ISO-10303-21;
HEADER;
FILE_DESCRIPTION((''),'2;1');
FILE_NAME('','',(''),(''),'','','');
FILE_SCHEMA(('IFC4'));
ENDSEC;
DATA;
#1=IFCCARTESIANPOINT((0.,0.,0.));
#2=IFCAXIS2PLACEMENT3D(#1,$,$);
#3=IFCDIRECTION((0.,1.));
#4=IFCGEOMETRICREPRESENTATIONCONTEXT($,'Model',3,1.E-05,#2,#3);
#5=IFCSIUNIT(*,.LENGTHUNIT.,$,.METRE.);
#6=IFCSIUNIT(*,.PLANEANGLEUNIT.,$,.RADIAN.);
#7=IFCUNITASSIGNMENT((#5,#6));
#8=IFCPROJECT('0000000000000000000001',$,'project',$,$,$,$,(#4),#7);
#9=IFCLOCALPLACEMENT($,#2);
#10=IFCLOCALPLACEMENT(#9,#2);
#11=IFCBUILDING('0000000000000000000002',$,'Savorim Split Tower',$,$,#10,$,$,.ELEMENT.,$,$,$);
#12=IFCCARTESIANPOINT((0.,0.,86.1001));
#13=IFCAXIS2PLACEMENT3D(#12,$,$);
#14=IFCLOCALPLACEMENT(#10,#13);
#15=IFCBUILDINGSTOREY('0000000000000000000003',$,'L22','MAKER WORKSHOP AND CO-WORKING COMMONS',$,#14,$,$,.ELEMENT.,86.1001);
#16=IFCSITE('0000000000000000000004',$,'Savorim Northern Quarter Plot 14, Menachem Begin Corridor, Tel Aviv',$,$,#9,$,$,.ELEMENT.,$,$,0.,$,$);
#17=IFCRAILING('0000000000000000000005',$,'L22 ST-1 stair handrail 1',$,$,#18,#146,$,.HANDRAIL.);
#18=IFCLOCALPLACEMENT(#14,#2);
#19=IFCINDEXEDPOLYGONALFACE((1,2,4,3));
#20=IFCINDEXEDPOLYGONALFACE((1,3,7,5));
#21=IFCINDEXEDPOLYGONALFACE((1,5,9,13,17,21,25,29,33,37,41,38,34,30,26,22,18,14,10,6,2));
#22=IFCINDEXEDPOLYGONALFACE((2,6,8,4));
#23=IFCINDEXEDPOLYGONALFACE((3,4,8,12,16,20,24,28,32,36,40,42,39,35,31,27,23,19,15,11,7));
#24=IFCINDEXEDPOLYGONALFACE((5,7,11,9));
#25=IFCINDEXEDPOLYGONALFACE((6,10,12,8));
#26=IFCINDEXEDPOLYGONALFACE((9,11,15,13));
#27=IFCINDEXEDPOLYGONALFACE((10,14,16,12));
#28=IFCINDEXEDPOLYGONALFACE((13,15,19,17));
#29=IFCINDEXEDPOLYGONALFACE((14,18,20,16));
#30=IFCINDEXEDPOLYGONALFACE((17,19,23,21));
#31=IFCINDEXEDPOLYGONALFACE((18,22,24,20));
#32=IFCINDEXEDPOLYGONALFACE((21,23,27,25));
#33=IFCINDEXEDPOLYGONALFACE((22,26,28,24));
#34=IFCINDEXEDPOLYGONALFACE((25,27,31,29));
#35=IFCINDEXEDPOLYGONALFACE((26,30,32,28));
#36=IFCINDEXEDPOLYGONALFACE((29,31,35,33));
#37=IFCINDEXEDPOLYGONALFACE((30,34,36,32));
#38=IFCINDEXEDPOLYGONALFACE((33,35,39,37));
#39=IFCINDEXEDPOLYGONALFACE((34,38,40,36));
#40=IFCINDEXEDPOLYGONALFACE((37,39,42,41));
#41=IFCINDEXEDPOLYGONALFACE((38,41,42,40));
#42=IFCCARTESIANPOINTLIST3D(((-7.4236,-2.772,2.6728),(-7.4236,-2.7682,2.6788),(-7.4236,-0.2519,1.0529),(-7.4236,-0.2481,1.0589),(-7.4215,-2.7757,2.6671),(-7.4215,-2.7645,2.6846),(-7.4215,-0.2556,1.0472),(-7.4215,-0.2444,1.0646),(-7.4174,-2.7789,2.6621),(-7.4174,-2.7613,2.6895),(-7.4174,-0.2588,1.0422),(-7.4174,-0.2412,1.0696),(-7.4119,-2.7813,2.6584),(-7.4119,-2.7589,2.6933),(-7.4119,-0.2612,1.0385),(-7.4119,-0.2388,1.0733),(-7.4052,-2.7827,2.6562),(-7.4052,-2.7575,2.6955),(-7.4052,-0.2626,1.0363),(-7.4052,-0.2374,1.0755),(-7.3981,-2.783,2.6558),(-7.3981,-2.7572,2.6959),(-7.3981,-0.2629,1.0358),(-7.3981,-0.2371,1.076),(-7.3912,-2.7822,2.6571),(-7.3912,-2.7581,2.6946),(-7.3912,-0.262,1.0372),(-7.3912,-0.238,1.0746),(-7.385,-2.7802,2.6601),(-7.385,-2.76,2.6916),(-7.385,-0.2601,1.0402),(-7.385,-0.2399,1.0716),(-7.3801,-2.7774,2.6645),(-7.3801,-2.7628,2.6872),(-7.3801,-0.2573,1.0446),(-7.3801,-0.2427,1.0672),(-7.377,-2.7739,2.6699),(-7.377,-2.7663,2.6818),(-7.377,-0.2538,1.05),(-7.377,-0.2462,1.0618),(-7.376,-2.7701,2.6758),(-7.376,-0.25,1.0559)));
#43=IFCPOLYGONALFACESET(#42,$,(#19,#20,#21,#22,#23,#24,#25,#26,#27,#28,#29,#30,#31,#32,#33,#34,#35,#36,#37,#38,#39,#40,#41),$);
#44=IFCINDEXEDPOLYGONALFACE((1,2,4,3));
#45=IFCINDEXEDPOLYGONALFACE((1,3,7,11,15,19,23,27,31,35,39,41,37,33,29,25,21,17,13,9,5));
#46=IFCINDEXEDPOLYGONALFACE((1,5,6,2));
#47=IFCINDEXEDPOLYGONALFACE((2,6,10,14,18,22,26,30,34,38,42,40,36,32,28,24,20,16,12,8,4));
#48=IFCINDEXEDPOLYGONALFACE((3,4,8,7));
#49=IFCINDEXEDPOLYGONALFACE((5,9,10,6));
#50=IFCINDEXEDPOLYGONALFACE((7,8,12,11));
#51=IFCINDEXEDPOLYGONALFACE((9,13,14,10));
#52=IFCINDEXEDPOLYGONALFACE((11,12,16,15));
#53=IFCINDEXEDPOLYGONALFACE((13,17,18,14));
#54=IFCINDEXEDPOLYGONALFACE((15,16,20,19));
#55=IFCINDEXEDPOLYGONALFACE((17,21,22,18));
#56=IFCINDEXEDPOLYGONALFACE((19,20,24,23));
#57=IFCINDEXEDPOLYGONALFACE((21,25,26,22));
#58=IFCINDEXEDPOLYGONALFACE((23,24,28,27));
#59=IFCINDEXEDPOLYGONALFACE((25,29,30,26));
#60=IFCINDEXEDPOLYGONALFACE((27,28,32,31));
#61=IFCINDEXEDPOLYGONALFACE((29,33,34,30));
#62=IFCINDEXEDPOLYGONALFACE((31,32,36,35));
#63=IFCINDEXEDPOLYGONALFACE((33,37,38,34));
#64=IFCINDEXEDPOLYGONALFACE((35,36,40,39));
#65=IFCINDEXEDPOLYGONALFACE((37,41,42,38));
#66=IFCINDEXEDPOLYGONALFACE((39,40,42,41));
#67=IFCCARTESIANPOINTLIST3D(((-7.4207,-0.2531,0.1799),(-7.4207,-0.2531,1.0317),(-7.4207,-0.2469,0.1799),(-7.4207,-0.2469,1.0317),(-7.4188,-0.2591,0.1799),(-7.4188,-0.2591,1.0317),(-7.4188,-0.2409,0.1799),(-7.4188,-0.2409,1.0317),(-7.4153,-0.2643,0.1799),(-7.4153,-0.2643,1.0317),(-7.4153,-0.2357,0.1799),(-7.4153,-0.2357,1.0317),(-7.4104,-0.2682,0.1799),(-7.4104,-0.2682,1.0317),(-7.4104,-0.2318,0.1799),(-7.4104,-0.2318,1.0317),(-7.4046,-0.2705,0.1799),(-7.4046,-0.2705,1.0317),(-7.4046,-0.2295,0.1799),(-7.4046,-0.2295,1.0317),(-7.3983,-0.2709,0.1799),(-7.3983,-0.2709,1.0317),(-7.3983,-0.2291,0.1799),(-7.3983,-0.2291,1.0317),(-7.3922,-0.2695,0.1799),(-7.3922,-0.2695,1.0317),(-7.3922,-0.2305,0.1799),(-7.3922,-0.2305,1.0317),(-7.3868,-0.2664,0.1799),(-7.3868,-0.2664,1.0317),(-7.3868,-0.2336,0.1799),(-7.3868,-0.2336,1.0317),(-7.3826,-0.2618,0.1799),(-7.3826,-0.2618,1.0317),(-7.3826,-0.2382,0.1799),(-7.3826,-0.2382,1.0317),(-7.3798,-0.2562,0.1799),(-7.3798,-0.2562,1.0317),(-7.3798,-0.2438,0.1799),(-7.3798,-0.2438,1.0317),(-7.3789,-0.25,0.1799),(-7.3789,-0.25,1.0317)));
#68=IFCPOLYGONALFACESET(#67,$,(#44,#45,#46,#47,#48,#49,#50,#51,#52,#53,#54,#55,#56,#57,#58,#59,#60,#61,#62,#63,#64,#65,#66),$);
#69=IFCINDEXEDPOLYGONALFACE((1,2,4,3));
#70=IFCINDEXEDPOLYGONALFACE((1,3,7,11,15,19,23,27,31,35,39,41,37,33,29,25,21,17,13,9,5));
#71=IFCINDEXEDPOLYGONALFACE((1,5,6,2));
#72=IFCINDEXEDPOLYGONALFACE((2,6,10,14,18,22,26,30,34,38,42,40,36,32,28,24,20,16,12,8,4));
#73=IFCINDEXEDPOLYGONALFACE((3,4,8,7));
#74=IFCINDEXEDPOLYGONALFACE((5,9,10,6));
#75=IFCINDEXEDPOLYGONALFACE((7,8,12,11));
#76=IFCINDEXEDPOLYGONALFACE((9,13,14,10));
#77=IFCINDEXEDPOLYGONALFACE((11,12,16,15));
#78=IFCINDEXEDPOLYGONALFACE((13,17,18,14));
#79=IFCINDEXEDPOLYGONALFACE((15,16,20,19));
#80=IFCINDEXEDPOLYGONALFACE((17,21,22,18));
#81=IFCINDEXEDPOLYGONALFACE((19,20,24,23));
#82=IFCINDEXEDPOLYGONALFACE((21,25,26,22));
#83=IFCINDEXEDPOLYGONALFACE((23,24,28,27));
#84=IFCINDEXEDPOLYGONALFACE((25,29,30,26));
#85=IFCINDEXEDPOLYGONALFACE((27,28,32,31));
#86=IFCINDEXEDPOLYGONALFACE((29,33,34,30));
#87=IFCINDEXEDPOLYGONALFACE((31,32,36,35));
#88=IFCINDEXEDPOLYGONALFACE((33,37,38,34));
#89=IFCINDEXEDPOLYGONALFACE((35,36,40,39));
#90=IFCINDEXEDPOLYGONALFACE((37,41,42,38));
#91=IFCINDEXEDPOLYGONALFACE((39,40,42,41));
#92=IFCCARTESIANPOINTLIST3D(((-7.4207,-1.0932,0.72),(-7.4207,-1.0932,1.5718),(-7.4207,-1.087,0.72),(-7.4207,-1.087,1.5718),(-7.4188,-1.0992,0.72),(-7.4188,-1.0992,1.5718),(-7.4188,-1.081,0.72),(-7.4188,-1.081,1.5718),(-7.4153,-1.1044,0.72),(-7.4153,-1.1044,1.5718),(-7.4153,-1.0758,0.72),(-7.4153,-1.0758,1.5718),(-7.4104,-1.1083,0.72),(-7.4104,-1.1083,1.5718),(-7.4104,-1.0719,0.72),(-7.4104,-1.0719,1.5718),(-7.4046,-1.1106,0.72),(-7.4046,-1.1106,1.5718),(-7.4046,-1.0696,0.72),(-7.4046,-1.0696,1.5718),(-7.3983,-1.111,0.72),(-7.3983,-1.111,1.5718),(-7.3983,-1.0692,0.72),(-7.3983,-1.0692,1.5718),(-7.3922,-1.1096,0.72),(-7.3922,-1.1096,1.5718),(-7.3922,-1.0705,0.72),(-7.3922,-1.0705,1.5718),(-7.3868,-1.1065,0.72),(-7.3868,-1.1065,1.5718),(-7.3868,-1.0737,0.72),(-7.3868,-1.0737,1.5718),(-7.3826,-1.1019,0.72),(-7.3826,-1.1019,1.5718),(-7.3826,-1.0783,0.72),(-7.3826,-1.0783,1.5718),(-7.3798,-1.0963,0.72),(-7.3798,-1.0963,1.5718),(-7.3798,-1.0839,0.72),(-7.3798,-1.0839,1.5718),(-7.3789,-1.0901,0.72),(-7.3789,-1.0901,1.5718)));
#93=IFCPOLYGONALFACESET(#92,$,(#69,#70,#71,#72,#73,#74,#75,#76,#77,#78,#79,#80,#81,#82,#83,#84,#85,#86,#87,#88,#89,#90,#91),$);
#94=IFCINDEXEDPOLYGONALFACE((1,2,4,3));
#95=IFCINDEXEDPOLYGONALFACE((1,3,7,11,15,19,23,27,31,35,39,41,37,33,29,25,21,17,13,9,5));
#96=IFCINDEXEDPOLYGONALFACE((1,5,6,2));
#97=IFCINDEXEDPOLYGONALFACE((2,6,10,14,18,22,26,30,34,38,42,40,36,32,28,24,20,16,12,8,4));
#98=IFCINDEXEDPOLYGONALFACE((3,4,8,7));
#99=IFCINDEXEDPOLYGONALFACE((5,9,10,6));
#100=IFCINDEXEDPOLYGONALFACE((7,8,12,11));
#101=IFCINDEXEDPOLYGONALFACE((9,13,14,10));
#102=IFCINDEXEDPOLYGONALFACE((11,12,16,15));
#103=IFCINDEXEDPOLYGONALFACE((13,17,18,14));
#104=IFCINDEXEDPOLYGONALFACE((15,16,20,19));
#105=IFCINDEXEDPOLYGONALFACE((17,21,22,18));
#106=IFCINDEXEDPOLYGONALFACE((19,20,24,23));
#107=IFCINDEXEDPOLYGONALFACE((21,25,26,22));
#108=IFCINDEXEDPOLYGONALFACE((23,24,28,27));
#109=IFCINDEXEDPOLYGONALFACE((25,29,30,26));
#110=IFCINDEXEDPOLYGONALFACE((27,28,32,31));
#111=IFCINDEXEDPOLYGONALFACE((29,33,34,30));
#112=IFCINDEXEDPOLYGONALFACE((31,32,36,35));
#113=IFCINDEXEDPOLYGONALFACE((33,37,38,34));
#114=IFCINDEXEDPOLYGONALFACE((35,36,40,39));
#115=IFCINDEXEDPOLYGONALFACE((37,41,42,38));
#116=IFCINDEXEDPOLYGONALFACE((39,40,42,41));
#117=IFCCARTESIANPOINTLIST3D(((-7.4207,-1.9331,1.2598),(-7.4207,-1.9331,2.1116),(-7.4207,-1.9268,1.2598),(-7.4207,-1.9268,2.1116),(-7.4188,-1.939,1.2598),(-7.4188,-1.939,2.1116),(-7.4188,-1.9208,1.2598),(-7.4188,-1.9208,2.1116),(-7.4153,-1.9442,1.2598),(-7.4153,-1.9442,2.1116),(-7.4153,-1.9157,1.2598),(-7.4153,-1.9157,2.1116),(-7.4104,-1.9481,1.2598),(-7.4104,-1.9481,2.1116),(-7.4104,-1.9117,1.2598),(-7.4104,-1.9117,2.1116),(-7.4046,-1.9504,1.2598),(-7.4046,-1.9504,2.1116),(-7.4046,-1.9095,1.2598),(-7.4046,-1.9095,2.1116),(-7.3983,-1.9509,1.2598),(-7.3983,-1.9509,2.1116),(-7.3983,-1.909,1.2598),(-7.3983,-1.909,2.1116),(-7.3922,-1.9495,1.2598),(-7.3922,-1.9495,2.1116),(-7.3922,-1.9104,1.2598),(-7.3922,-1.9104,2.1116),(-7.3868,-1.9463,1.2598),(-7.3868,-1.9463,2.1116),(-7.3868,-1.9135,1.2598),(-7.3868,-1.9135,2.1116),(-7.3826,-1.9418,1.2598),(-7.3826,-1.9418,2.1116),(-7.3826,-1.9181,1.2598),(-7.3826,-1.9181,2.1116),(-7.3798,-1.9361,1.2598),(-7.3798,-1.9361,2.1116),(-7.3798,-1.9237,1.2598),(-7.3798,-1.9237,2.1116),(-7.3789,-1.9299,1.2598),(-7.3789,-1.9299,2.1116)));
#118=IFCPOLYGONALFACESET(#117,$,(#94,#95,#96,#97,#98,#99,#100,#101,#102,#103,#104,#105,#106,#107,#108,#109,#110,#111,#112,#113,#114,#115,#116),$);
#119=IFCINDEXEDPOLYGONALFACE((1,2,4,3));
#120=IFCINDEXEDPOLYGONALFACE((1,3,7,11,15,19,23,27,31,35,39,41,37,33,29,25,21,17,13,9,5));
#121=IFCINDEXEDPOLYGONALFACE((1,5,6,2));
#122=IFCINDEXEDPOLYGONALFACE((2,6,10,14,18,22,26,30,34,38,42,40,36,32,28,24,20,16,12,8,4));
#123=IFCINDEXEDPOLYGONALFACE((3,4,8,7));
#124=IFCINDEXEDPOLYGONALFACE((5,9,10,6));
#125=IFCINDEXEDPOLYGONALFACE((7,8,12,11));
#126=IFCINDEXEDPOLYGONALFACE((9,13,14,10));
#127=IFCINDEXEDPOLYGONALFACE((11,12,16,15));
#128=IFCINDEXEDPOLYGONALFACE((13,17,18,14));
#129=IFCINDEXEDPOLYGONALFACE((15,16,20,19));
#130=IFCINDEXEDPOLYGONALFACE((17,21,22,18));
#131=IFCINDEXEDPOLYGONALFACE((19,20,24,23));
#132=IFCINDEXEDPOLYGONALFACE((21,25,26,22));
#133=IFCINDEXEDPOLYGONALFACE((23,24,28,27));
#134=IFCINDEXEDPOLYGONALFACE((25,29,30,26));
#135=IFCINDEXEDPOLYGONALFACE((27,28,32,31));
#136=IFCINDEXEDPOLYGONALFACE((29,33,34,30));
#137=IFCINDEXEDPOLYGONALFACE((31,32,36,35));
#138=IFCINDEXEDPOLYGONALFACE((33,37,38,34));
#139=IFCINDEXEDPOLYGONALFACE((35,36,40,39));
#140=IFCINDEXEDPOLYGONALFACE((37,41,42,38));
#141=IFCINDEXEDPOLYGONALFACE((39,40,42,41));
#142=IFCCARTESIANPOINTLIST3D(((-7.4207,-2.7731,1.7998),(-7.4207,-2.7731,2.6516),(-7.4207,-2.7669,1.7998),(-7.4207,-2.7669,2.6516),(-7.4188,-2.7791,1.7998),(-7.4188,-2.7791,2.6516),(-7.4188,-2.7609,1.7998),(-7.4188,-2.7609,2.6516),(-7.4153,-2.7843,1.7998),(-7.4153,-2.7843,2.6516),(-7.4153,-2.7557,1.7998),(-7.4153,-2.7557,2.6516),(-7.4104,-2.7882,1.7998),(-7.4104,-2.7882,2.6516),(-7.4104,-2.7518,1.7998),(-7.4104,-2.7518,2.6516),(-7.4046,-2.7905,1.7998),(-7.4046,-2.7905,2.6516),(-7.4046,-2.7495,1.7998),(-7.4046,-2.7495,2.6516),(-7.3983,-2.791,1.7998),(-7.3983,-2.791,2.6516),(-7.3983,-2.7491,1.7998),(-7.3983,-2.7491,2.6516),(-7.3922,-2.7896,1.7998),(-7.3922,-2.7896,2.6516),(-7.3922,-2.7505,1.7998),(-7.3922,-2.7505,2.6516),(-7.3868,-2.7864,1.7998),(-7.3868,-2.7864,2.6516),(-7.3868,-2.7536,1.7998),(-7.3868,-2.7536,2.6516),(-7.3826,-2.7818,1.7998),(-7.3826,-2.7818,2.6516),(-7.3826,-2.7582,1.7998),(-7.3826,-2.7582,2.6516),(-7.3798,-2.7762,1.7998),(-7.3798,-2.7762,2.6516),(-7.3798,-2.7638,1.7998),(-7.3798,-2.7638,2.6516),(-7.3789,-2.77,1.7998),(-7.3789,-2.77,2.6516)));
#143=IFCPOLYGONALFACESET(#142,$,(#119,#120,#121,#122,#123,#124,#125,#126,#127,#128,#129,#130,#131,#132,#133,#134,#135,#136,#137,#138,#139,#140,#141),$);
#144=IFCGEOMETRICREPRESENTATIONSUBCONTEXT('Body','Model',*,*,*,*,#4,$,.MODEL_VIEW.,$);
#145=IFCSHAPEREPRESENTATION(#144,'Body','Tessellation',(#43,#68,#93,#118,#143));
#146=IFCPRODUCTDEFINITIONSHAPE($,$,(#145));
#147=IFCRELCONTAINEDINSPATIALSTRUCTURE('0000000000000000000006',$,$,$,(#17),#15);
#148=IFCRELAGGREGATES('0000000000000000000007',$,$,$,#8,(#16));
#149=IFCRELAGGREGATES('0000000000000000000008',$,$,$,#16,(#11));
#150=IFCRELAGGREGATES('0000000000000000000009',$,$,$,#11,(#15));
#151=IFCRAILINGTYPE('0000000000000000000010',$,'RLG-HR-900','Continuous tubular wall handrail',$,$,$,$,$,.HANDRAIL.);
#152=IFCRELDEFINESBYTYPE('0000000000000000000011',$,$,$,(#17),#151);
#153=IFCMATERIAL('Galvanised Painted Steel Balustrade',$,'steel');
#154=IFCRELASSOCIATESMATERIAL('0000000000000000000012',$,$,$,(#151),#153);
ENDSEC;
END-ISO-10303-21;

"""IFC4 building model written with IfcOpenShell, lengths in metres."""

from ifc_helpers import new_model, si_unit, direction, frame, origin, origin_2d, place, context, subcontext, project, spatial, circle, extrude, material, type_object, element, save


model = new_model("IFC4")

# Units and contexts
model_context = context("Model", 3, precision=1e-05, world=origin(), true_north=direction((0.0, 1.0)))
body_context = subcontext(model_context, "Body", "Model", "MODEL_VIEW")
ifc_project = project(units=[si_unit("LENGTHUNIT", "METRE"), si_unit("PLANEANGLEUNIT", "RADIAN")], contexts=[model_context])

# Site, building, storey
site_placement = place(None, origin())
site = spatial("IfcSite", under=ifc_project, at=site_placement, Name="Savorim Northern Quarter Plot 14, Menachem Begin Corridor, Tel Aviv", CompositionType="ELEMENT", RefElevation=0.0)
building_placement = place(site_placement, origin())
building = spatial("IfcBuilding", under=site, at=building_placement, Name="Savorim Split Tower", CompositionType="ELEMENT")
storey_placement = place(building_placement, frame((0.0, 0.0, 86.1001)))
storey = spatial("IfcBuildingStorey", under=building, at=storey_placement, Name="L22", Description="MAKER WORKSHOP AND CO-WORKING COMMONS", CompositionType="ELEMENT", Elevation=86.1001)

# Railing
ifc_material_1 = material(Name="Galvanised Painted Steel Balustrade", Category="steel")
railing_type_1 = type_object("IfcRailingType", Name="RLG-HR-900", Description="Continuous tubular wall handrail", PredefinedType="HANDRAIL", material=ifc_material_1)
railing_1_placement = place(storey_placement, frame((-7.3999, -0.25, 0.1799)))
element("IfcRailing", 1, at=railing_1_placement, inside=storey, type_object=railing_type_1, Name="L22 ST-1 stair handrail 1", PredefinedType="HANDRAIL", context=body_context, shape_type="SweptSolid", body=[
    extrude(circle(Radius=0.0239, at=origin_2d()), frame((0.0, 0.0, 0.876), z_axis=(0.0, -0.8412, 0.540725), x_axis=(1.0, 0.0, 0.0)), (0.0, 0.0, 1.0), 2.9958),
    extrude(circle(Radius=0.021, at=origin_2d()), origin(), (0.0, 0.0, 1.0), 0.8518),
    extrude(circle(Radius=0.021, at=origin_2d()), frame((0.0, -0.8401, 0.54)), (0.0, 0.0, 1.0), 0.8518),
    extrude(circle(Radius=0.021, at=origin_2d()), frame((0.0, -1.6799, 1.0798)), (0.0, 0.0, 1.0), 0.8518),
    extrude(circle(Radius=0.021, at=origin_2d()), frame((0.0, -2.52, 1.6199)), (0.0, 0.0, 1.0), 0.8518),
])

save(model, "model.ifc")
